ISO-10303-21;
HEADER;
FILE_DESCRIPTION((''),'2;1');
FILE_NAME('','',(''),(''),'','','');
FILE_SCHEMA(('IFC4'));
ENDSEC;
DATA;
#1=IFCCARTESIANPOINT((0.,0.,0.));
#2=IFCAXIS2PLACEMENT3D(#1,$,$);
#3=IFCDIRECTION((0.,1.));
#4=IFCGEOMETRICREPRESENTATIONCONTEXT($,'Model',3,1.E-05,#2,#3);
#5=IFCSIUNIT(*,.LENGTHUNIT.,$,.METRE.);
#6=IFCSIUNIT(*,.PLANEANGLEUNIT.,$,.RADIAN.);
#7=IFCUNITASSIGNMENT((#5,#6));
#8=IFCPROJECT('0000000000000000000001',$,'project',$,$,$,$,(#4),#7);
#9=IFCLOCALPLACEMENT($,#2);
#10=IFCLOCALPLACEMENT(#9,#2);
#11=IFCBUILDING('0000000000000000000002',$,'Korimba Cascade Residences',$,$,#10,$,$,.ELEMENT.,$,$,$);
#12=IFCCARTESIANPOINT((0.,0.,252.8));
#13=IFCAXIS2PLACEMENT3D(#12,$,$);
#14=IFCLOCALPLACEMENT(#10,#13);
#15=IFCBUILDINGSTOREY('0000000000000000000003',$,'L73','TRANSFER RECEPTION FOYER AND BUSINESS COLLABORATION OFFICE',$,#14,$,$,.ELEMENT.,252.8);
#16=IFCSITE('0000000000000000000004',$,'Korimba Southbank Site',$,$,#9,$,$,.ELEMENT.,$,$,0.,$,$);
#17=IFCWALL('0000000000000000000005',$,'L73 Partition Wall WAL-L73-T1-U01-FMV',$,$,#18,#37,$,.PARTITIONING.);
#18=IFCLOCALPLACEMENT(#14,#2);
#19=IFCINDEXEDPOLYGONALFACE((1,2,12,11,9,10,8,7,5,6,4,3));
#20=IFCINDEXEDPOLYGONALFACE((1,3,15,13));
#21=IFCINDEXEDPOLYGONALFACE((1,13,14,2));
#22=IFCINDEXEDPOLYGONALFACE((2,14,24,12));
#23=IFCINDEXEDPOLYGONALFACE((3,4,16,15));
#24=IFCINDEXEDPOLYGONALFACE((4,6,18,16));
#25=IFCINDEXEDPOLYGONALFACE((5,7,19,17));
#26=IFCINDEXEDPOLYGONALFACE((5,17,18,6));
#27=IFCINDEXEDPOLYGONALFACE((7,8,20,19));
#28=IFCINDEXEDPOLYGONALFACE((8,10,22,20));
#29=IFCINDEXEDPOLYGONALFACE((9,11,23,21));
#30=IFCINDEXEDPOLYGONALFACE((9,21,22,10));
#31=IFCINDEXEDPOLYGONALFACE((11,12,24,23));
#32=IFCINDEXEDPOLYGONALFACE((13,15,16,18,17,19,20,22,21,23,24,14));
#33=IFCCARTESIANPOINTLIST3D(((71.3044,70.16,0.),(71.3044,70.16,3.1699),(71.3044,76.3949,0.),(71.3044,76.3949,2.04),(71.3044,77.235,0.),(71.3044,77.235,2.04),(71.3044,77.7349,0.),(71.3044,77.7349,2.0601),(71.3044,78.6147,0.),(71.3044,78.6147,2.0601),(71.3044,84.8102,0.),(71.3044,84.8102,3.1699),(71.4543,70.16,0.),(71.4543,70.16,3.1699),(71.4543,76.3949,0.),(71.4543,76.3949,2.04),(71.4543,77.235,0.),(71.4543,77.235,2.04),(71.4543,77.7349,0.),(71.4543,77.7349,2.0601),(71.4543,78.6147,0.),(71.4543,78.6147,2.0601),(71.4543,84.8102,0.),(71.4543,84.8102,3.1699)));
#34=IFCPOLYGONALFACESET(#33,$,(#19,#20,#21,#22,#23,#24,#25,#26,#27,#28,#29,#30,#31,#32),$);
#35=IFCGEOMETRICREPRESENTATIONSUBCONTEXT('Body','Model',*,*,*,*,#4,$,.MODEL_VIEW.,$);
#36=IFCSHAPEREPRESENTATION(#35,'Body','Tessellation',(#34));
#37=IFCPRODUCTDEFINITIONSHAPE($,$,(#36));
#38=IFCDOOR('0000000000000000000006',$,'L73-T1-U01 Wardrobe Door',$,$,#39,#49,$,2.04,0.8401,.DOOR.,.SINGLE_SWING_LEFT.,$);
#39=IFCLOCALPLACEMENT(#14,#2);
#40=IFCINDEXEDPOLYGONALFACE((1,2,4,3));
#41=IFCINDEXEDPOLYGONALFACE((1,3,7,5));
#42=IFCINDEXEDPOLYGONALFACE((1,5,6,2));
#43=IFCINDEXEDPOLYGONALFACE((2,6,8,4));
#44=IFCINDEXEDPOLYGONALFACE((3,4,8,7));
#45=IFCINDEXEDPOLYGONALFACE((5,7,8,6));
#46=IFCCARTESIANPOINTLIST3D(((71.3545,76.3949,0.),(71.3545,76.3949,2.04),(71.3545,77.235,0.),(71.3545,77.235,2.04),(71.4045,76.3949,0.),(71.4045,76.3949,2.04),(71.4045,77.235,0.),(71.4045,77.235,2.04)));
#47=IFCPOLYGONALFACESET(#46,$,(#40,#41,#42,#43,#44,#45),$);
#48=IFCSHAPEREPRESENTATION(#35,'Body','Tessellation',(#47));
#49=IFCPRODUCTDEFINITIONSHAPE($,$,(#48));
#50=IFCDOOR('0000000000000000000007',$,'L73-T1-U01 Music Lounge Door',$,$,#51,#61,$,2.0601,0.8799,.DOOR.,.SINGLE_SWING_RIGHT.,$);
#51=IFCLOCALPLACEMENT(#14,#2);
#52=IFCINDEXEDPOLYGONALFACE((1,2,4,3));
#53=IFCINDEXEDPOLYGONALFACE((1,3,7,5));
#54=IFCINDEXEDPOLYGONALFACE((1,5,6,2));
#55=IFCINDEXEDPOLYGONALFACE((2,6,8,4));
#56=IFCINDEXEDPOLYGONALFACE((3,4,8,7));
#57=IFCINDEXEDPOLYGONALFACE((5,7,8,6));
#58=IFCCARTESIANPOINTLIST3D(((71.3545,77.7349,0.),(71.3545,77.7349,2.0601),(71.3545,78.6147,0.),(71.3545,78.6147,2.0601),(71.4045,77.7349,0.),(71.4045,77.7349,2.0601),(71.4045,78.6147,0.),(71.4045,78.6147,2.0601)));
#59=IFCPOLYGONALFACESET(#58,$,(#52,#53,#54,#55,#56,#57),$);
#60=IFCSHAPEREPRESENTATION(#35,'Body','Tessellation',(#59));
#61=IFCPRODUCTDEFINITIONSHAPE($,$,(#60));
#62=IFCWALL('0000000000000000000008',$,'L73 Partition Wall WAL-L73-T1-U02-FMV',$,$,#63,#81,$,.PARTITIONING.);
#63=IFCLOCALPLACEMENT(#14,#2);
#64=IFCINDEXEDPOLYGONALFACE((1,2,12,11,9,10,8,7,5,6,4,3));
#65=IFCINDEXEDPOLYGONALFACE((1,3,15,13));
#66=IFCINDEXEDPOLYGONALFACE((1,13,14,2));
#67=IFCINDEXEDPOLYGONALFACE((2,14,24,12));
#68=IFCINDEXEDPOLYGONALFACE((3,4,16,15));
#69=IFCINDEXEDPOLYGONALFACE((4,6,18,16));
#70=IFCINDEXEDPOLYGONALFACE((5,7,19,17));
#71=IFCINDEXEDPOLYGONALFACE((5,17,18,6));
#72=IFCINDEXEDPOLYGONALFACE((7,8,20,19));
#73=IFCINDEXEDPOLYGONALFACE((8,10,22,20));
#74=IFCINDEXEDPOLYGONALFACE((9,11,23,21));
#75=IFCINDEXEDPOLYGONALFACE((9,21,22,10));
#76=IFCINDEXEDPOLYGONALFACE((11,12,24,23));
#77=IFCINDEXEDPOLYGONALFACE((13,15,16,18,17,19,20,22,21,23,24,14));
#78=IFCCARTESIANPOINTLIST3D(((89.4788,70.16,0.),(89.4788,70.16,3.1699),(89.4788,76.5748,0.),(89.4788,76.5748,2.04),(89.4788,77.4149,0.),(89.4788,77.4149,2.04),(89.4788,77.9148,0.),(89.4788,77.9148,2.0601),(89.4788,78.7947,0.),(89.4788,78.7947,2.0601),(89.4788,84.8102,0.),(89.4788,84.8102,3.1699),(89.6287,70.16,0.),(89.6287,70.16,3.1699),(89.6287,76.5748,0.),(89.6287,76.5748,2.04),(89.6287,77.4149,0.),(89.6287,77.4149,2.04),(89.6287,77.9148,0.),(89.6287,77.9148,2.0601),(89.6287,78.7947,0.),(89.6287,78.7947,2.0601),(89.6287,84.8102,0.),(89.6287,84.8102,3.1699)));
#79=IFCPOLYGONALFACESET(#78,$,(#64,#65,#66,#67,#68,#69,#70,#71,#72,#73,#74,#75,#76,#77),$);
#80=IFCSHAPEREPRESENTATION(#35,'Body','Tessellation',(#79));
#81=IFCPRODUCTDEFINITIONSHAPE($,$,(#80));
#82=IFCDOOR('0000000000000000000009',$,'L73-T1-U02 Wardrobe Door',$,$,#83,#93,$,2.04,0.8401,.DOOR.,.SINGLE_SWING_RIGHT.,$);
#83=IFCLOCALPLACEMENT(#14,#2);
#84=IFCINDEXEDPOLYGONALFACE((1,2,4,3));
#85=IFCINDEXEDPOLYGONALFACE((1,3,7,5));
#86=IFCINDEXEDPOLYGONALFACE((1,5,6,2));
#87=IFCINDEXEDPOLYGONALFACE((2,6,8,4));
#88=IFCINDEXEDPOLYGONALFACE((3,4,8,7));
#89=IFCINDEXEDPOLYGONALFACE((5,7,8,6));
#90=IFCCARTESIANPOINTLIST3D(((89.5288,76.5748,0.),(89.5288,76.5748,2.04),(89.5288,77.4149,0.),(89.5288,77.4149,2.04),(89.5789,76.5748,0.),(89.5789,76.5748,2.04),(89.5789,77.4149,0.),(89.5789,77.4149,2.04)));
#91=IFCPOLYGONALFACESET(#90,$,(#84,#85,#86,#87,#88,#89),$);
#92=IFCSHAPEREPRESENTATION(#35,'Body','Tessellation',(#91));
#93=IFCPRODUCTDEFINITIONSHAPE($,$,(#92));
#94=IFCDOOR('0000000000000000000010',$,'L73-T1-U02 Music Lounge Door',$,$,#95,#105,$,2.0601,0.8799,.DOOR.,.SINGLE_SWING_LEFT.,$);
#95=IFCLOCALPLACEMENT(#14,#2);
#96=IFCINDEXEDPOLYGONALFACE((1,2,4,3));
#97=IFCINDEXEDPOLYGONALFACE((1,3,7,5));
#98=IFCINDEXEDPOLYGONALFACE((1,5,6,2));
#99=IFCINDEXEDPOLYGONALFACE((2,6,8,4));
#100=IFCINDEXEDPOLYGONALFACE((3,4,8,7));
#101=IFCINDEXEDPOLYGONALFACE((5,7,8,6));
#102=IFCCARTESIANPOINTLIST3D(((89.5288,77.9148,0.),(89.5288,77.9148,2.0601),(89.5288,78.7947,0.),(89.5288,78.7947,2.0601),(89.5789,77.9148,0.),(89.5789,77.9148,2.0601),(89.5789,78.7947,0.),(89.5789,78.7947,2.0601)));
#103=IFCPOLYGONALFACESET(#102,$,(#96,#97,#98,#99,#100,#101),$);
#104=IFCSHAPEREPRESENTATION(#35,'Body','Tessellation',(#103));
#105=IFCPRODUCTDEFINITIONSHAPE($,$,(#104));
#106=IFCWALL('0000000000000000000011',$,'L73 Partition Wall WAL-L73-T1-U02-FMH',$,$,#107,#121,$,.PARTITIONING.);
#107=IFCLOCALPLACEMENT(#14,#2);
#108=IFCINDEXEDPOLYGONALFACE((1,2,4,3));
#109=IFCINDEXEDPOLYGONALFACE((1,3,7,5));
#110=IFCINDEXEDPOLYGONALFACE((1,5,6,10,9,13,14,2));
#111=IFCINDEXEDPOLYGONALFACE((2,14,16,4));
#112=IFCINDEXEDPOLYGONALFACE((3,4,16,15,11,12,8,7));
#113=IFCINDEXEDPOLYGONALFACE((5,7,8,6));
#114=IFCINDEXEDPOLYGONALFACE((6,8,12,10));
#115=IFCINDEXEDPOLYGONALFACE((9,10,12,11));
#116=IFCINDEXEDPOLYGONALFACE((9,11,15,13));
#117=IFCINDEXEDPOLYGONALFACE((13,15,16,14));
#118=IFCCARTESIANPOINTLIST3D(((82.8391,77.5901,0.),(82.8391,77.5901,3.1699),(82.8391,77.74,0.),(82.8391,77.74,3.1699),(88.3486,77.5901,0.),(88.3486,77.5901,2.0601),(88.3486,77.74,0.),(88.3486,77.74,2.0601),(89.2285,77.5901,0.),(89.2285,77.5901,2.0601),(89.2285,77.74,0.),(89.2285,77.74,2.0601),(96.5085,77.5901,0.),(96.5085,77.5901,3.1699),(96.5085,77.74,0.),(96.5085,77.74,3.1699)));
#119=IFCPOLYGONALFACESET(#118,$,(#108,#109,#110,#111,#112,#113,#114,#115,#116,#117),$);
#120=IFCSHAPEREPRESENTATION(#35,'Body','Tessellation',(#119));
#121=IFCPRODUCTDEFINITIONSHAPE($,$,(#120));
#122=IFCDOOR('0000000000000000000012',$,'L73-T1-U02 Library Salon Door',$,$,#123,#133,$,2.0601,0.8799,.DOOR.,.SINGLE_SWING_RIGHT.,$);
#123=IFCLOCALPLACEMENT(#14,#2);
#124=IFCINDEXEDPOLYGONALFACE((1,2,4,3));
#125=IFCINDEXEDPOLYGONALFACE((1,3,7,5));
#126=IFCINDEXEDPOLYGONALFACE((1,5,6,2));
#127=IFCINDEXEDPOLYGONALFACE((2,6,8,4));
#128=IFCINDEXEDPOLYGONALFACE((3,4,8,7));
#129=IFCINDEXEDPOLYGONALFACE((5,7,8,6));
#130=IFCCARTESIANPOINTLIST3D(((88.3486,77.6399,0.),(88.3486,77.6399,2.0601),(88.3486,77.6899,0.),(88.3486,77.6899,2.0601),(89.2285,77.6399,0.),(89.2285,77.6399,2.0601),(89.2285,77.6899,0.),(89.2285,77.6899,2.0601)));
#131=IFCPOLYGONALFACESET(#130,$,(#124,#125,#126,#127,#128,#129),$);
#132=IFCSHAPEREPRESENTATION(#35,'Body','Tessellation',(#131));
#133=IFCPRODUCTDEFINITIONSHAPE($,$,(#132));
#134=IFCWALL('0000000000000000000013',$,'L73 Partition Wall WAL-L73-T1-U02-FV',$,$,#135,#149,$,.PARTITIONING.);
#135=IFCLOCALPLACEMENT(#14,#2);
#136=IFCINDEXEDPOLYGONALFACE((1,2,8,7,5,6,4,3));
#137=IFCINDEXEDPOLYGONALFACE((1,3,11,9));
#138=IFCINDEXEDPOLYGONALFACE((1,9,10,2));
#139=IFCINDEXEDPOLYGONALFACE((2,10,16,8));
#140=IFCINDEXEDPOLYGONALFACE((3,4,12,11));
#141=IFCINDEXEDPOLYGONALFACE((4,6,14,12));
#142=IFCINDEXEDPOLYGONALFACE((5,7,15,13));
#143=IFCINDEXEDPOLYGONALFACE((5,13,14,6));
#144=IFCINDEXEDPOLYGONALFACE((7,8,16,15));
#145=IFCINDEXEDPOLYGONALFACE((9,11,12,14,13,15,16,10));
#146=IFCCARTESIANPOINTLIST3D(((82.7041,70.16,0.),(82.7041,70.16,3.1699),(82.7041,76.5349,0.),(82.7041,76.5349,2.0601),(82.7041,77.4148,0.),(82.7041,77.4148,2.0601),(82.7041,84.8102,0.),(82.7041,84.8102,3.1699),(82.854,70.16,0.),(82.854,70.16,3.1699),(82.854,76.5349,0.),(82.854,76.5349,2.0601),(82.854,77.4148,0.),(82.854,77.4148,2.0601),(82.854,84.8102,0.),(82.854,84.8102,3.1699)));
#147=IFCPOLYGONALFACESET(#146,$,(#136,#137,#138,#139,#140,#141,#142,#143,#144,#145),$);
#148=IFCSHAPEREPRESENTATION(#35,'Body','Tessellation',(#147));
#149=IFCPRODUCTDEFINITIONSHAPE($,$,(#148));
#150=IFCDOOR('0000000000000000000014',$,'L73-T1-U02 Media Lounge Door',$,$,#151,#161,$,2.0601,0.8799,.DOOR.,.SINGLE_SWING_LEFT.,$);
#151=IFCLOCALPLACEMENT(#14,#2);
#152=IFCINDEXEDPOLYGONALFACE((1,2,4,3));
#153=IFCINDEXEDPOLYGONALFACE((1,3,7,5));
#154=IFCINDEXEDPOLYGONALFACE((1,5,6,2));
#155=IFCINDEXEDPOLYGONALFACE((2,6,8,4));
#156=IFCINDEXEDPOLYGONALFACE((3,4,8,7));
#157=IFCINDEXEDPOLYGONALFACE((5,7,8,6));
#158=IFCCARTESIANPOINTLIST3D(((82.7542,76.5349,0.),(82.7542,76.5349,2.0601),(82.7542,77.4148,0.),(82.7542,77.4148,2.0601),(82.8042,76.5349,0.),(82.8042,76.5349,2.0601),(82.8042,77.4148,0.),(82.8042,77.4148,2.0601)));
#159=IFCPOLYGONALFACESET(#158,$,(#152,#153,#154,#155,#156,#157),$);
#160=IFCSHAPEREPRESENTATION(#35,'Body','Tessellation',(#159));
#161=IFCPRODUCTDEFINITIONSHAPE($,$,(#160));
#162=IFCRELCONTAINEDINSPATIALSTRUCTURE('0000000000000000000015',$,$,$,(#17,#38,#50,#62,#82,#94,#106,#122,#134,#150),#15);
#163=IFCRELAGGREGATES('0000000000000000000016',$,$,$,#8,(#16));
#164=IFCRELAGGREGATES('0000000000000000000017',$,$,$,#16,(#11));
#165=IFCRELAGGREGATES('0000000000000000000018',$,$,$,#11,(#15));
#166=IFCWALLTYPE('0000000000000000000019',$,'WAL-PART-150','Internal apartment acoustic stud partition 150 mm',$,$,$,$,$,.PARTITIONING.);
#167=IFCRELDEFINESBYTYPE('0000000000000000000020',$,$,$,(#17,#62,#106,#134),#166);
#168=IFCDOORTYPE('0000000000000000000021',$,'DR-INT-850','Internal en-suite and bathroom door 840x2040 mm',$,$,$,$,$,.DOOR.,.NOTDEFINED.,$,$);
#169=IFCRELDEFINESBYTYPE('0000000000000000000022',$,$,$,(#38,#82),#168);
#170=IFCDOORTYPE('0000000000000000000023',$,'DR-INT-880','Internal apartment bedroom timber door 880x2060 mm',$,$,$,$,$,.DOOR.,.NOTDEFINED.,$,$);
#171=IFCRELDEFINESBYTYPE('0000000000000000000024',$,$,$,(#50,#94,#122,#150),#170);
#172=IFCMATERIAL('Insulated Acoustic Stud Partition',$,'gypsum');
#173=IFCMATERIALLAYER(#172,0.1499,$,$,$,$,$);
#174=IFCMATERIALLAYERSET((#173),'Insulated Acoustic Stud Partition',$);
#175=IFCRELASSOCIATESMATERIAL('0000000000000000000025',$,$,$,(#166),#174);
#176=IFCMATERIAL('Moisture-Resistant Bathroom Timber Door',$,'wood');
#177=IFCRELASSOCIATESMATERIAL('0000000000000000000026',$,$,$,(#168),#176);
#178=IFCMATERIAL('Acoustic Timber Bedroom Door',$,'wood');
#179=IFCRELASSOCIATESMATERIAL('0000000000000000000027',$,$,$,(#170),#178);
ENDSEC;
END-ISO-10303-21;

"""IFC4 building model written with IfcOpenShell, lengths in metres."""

from ifc_helpers import new_model, si_unit, direction, frame, frame_2d, origin, place, context, subcontext, project, spatial, rectangle, extrude, material, layer, layer_set, type_object, element, fill, save


model = new_model("IFC4")

# Units and contexts
model_context = context("Model", 3, precision=1e-05, world=origin(), true_north=direction((0.0, 1.0)))
body_context = subcontext(model_context, "Body", "Model", "MODEL_VIEW")
ifc_project = project(units=[si_unit("LENGTHUNIT", "METRE"), si_unit("PLANEANGLEUNIT", "RADIAN")], contexts=[model_context])

# Site, building, storey
site_placement = place(None, origin())
site = spatial("IfcSite", under=ifc_project, at=site_placement, Name="Korimba Southbank Site", CompositionType="ELEMENT", RefElevation=0.0)
building_placement = place(site_placement, origin())
building = spatial("IfcBuilding", under=site, at=building_placement, Name="Korimba Cascade Residences", CompositionType="ELEMENT")
storey_placement = place(building_placement, frame((0.0, 0.0, 252.8)))
storey = spatial("IfcBuildingStorey", under=building, at=storey_placement, Name="L73", Description="TRANSFER RECEPTION FOYER AND BUSINESS COLLABORATION OFFICE", CompositionType="ELEMENT", Elevation=252.8)

# Walls, openings, doors
ifc_material_1 = material(Name="Insulated Acoustic Stud Partition", Category="gypsum")
ifc_layer_1 = layer(ifc_material_1, 0.1499)
ifc_layer_set_1 = layer_set([ifc_layer_1], Name="Insulated Acoustic Stud Partition")
wall_type_1 = type_object("IfcWallType", Name="WAL-PART-150", Description="Internal apartment acoustic stud partition 150 mm", PredefinedType="PARTITIONING", material=ifc_layer_set_1)
wall_1_placement = place(storey_placement, frame((71.3794, 70.1599, 0.0), z_axis=(0.0, 0.0, 1.0), x_axis=(0.0, 1.0, 0.0)))
wall_1 = element("IfcWall", 1, at=wall_1_placement, inside=storey, type_object=wall_type_1, Name="L73 Partition Wall WAL-L73-T1-U01-FMV", PredefinedType="PARTITIONING", context=body_context, shape_type="SweptSolid", body=[
    extrude(rectangle(XDim=14.6501, YDim=0.1499, at=frame_2d((7.3252, 0.0))), origin(), (0.0, 0.0, 1.0), 3.1699),
])
opening_1_placement = place(wall_1_placement, frame((6.2351, 0.0, 0.0)))
opening_1 = element("IfcOpeningElement", 2, at=opening_1_placement, cuts=wall_1, PredefinedType="OPENING", context=body_context, shape_type="SweptSolid", body=[
    extrude(rectangle(XDim=0.8401, YDim=2.04, at=frame_2d((0.4199, 1.02))), frame((0.0, 0.085, 0.0), z_axis=(0.0, -1.0, 0.0), x_axis=(1.0, 0.0, 0.0)), (0.0, 0.0, 1.0), 0.1699),
])
opening_2_placement = place(wall_1_placement, frame((7.575, 0.0, 0.0)))
opening_2 = element("IfcOpeningElement", 3, at=opening_2_placement, cuts=wall_1, PredefinedType="OPENING", context=body_context, shape_type="SweptSolid", body=[
    extrude(rectangle(XDim=0.8799, YDim=2.0601, at=frame_2d((0.4399, 1.03))), frame((0.0, 0.085, 0.0), z_axis=(0.0, -1.0, 0.0), x_axis=(1.0, 0.0, 0.0)), (0.0, 0.0, 1.0), 0.1699),
])
ifc_material_2 = material(Name="Moisture-Resistant Bathroom Timber Door", Category="wood")
door_type_1 = type_object("IfcDoorType", Name="DR-INT-850", Description="Internal en-suite and bathroom door 840x2040 mm", OperationType="NOTDEFINED", PredefinedType="DOOR", material=ifc_material_2)
door_1_placement = place(opening_1_placement, origin())
door_1 = element("IfcDoor", 4, at=door_1_placement, inside=storey, type_object=door_type_1, Name="L73-T1-U01 Wardrobe Door", OperationType="SINGLE_SWING_LEFT", OverallHeight=2.04, OverallWidth=0.8401, PredefinedType="DOOR", context=body_context, shape_type="SweptSolid", body=[
    extrude(rectangle(XDim=0.8401, YDim=2.04, at=frame_2d((0.4199, 1.02))), frame((0.0, 0.0249, 0.0), z_axis=(0.0, -1.0, 0.0), x_axis=(1.0, 0.0, 0.0)), (0.0, 0.0, 1.0), 0.05),
])
fill(opening_1, door_1)
ifc_material_3 = material(Name="Acoustic Timber Bedroom Door", Category="wood")
door_type_2 = type_object("IfcDoorType", Name="DR-INT-880", Description="Internal apartment bedroom timber door 880x2060 mm", OperationType="NOTDEFINED", PredefinedType="DOOR", material=ifc_material_3)
door_2_placement = place(opening_2_placement, origin())
door_2 = element("IfcDoor", 5, at=door_2_placement, inside=storey, type_object=door_type_2, Name="L73-T1-U01 Music Lounge Door", OperationType="SINGLE_SWING_RIGHT", OverallHeight=2.0601, OverallWidth=0.8799, PredefinedType="DOOR", context=body_context, shape_type="SweptSolid", body=[
    extrude(rectangle(XDim=0.8799, YDim=2.0601, at=frame_2d((0.4399, 1.03))), frame((0.0, 0.0249, 0.0), z_axis=(0.0, -1.0, 0.0), x_axis=(1.0, 0.0, 0.0)), (0.0, 0.0, 1.0), 0.05),
])
fill(opening_2, door_2)
wall_2_placement = place(storey_placement, frame((89.5537, 70.1599, 0.0), z_axis=(0.0, 0.0, 1.0), x_axis=(0.0, 1.0, 0.0)))
wall_2 = element("IfcWall", 6, at=wall_2_placement, inside=storey, type_object=wall_type_1, Name="L73 Partition Wall WAL-L73-T1-U02-FMV", PredefinedType="PARTITIONING", context=body_context, shape_type="SweptSolid", body=[
    extrude(rectangle(XDim=14.6501, YDim=0.1499, at=frame_2d((7.3252, 0.0))), origin(), (0.0, 0.0, 1.0), 3.1699),
])
opening_3_placement = place(wall_2_placement, frame((6.415, 0.0, 0.0)))
opening_3 = element("IfcOpeningElement", 7, at=opening_3_placement, cuts=wall_2, PredefinedType="OPENING", context=body_context, shape_type="SweptSolid", body=[
    extrude(rectangle(XDim=0.8401, YDim=2.04, at=frame_2d((0.4199, 1.02))), frame((0.0, 0.085, 0.0), z_axis=(0.0, -1.0, 0.0), x_axis=(1.0, 0.0, 0.0)), (0.0, 0.0, 1.0), 0.1699),
])
opening_4_placement = place(wall_2_placement, frame((7.7549, 0.0, 0.0)))
opening_4 = element("IfcOpeningElement", 8, at=opening_4_placement, cuts=wall_2, PredefinedType="OPENING", context=body_context, shape_type="SweptSolid", body=[
    extrude(rectangle(XDim=0.8799, YDim=2.0601, at=frame_2d((0.4399, 1.03))), frame((0.0, 0.085, 0.0), z_axis=(0.0, -1.0, 0.0), x_axis=(1.0, 0.0, 0.0)), (0.0, 0.0, 1.0), 0.1699),
])
door_3_placement = place(opening_3_placement, origin())
door_3 = element("IfcDoor", 9, at=door_3_placement, inside=storey, type_object=door_type_1, Name="L73-T1-U02 Wardrobe Door", OperationType="SINGLE_SWING_RIGHT", OverallHeight=2.04, OverallWidth=0.8401, PredefinedType="DOOR", context=body_context, shape_type="SweptSolid", body=[
    extrude(rectangle(XDim=0.8401, YDim=2.04, at=frame_2d((0.4199, 1.02))), frame((0.0, 0.0249, 0.0), z_axis=(0.0, -1.0, 0.0), x_axis=(1.0, 0.0, 0.0)), (0.0, 0.0, 1.0), 0.05),
])
fill(opening_3, door_3)
door_4_placement = place(opening_4_placement, origin())
door_4 = element("IfcDoor", 10, at=door_4_placement, inside=storey, type_object=door_type_2, Name="L73-T1-U02 Music Lounge Door", OperationType="SINGLE_SWING_LEFT", OverallHeight=2.0601, OverallWidth=0.8799, PredefinedType="DOOR", context=body_context, shape_type="SweptSolid", body=[
    extrude(rectangle(XDim=0.8799, YDim=2.0601, at=frame_2d((0.4399, 1.03))), frame((0.0, 0.0249, 0.0), z_axis=(0.0, -1.0, 0.0), x_axis=(1.0, 0.0, 0.0)), (0.0, 0.0, 1.0), 0.05),
])
fill(opening_4, door_4)

# Walls, openings, doors
wall_3_placement = place(storey_placement, frame((82.8391, 77.665, 0.0), z_axis=(0.0, 0.0, 1.0), x_axis=(1.0, 0.0, 0.0)))
wall_3 = element("IfcWall", 11, at=wall_3_placement, inside=storey, type_object=wall_type_1, Name="L73 Partition Wall WAL-L73-T1-U02-FMH", PredefinedType="PARTITIONING", context=body_context, shape_type="SweptSolid", body=[
    extrude(rectangle(XDim=13.6694, YDim=0.1499, at=frame_2d((6.8347, 0.0))), origin(), (0.0, 0.0, 1.0), 3.1699),
])
opening_5_placement = place(wall_3_placement, frame((5.5095, 0.0, 0.0)))
opening_5 = element("IfcOpeningElement", 12, at=opening_5_placement, cuts=wall_3, PredefinedType="OPENING", context=body_context, shape_type="SweptSolid", body=[
    extrude(rectangle(XDim=0.8799, YDim=2.0601, at=frame_2d((0.4399, 1.03))), frame((0.0, 0.085, 0.0), z_axis=(0.0, -1.0, 0.0), x_axis=(1.0, 0.0, 0.0)), (0.0, 0.0, 1.0), 0.1699),
])
door_5_placement = place(opening_5_placement, origin())
door_5 = element("IfcDoor", 13, at=door_5_placement, inside=storey, type_object=door_type_2, Name="L73-T1-U02 Library Salon Door", OperationType="SINGLE_SWING_RIGHT", OverallHeight=2.0601, OverallWidth=0.8799, PredefinedType="DOOR", context=body_context, shape_type="SweptSolid", body=[
    extrude(rectangle(XDim=0.8799, YDim=2.0601, at=frame_2d((0.4399, 1.03))), frame((0.0, 0.0249, 0.0), z_axis=(0.0, -1.0, 0.0), x_axis=(1.0, 0.0, 0.0)), (0.0, 0.0, 1.0), 0.05),
])
fill(opening_5, door_5)
wall_4_placement = place(storey_placement, frame((82.7791, 70.1599, 0.0), z_axis=(0.0, 0.0, 1.0), x_axis=(0.0, 1.0, 0.0)))
wall_4 = element("IfcWall", 14, at=wall_4_placement, inside=storey, type_object=wall_type_1, Name="L73 Partition Wall WAL-L73-T1-U02-FV", PredefinedType="PARTITIONING", context=body_context, shape_type="SweptSolid", body=[
    extrude(rectangle(XDim=14.6501, YDim=0.1499, at=frame_2d((7.3252, 0.0))), origin(), (0.0, 0.0, 1.0), 3.1699),
])
opening_6_placement = place(wall_4_placement, frame((6.375, 0.0, 0.0)))
opening_6 = element("IfcOpeningElement", 15, at=opening_6_placement, cuts=wall_4, PredefinedType="OPENING", context=body_context, shape_type="SweptSolid", body=[
    extrude(rectangle(XDim=0.8799, YDim=2.0601, at=frame_2d((0.4399, 1.03))), frame((0.0, 0.085, 0.0), z_axis=(0.0, -1.0, 0.0), x_axis=(1.0, 0.0, 0.0)), (0.0, 0.0, 1.0), 0.1699),
])
door_6_placement = place(opening_6_placement, origin())
door_6 = element("IfcDoor", 16, at=door_6_placement, inside=storey, type_object=door_type_2, Name="L73-T1-U02 Media Lounge Door", OperationType="SINGLE_SWING_LEFT", OverallHeight=2.0601, OverallWidth=0.8799, PredefinedType="DOOR", context=body_context, shape_type="SweptSolid", body=[
    extrude(rectangle(XDim=0.8799, YDim=2.0601, at=frame_2d((0.4399, 1.03))), frame((0.0, 0.0249, 0.0), z_axis=(0.0, -1.0, 0.0), x_axis=(1.0, 0.0, 0.0)), (0.0, 0.0, 1.0), 0.05),
])
fill(opening_6, door_6)

save(model, "model.ifc")
